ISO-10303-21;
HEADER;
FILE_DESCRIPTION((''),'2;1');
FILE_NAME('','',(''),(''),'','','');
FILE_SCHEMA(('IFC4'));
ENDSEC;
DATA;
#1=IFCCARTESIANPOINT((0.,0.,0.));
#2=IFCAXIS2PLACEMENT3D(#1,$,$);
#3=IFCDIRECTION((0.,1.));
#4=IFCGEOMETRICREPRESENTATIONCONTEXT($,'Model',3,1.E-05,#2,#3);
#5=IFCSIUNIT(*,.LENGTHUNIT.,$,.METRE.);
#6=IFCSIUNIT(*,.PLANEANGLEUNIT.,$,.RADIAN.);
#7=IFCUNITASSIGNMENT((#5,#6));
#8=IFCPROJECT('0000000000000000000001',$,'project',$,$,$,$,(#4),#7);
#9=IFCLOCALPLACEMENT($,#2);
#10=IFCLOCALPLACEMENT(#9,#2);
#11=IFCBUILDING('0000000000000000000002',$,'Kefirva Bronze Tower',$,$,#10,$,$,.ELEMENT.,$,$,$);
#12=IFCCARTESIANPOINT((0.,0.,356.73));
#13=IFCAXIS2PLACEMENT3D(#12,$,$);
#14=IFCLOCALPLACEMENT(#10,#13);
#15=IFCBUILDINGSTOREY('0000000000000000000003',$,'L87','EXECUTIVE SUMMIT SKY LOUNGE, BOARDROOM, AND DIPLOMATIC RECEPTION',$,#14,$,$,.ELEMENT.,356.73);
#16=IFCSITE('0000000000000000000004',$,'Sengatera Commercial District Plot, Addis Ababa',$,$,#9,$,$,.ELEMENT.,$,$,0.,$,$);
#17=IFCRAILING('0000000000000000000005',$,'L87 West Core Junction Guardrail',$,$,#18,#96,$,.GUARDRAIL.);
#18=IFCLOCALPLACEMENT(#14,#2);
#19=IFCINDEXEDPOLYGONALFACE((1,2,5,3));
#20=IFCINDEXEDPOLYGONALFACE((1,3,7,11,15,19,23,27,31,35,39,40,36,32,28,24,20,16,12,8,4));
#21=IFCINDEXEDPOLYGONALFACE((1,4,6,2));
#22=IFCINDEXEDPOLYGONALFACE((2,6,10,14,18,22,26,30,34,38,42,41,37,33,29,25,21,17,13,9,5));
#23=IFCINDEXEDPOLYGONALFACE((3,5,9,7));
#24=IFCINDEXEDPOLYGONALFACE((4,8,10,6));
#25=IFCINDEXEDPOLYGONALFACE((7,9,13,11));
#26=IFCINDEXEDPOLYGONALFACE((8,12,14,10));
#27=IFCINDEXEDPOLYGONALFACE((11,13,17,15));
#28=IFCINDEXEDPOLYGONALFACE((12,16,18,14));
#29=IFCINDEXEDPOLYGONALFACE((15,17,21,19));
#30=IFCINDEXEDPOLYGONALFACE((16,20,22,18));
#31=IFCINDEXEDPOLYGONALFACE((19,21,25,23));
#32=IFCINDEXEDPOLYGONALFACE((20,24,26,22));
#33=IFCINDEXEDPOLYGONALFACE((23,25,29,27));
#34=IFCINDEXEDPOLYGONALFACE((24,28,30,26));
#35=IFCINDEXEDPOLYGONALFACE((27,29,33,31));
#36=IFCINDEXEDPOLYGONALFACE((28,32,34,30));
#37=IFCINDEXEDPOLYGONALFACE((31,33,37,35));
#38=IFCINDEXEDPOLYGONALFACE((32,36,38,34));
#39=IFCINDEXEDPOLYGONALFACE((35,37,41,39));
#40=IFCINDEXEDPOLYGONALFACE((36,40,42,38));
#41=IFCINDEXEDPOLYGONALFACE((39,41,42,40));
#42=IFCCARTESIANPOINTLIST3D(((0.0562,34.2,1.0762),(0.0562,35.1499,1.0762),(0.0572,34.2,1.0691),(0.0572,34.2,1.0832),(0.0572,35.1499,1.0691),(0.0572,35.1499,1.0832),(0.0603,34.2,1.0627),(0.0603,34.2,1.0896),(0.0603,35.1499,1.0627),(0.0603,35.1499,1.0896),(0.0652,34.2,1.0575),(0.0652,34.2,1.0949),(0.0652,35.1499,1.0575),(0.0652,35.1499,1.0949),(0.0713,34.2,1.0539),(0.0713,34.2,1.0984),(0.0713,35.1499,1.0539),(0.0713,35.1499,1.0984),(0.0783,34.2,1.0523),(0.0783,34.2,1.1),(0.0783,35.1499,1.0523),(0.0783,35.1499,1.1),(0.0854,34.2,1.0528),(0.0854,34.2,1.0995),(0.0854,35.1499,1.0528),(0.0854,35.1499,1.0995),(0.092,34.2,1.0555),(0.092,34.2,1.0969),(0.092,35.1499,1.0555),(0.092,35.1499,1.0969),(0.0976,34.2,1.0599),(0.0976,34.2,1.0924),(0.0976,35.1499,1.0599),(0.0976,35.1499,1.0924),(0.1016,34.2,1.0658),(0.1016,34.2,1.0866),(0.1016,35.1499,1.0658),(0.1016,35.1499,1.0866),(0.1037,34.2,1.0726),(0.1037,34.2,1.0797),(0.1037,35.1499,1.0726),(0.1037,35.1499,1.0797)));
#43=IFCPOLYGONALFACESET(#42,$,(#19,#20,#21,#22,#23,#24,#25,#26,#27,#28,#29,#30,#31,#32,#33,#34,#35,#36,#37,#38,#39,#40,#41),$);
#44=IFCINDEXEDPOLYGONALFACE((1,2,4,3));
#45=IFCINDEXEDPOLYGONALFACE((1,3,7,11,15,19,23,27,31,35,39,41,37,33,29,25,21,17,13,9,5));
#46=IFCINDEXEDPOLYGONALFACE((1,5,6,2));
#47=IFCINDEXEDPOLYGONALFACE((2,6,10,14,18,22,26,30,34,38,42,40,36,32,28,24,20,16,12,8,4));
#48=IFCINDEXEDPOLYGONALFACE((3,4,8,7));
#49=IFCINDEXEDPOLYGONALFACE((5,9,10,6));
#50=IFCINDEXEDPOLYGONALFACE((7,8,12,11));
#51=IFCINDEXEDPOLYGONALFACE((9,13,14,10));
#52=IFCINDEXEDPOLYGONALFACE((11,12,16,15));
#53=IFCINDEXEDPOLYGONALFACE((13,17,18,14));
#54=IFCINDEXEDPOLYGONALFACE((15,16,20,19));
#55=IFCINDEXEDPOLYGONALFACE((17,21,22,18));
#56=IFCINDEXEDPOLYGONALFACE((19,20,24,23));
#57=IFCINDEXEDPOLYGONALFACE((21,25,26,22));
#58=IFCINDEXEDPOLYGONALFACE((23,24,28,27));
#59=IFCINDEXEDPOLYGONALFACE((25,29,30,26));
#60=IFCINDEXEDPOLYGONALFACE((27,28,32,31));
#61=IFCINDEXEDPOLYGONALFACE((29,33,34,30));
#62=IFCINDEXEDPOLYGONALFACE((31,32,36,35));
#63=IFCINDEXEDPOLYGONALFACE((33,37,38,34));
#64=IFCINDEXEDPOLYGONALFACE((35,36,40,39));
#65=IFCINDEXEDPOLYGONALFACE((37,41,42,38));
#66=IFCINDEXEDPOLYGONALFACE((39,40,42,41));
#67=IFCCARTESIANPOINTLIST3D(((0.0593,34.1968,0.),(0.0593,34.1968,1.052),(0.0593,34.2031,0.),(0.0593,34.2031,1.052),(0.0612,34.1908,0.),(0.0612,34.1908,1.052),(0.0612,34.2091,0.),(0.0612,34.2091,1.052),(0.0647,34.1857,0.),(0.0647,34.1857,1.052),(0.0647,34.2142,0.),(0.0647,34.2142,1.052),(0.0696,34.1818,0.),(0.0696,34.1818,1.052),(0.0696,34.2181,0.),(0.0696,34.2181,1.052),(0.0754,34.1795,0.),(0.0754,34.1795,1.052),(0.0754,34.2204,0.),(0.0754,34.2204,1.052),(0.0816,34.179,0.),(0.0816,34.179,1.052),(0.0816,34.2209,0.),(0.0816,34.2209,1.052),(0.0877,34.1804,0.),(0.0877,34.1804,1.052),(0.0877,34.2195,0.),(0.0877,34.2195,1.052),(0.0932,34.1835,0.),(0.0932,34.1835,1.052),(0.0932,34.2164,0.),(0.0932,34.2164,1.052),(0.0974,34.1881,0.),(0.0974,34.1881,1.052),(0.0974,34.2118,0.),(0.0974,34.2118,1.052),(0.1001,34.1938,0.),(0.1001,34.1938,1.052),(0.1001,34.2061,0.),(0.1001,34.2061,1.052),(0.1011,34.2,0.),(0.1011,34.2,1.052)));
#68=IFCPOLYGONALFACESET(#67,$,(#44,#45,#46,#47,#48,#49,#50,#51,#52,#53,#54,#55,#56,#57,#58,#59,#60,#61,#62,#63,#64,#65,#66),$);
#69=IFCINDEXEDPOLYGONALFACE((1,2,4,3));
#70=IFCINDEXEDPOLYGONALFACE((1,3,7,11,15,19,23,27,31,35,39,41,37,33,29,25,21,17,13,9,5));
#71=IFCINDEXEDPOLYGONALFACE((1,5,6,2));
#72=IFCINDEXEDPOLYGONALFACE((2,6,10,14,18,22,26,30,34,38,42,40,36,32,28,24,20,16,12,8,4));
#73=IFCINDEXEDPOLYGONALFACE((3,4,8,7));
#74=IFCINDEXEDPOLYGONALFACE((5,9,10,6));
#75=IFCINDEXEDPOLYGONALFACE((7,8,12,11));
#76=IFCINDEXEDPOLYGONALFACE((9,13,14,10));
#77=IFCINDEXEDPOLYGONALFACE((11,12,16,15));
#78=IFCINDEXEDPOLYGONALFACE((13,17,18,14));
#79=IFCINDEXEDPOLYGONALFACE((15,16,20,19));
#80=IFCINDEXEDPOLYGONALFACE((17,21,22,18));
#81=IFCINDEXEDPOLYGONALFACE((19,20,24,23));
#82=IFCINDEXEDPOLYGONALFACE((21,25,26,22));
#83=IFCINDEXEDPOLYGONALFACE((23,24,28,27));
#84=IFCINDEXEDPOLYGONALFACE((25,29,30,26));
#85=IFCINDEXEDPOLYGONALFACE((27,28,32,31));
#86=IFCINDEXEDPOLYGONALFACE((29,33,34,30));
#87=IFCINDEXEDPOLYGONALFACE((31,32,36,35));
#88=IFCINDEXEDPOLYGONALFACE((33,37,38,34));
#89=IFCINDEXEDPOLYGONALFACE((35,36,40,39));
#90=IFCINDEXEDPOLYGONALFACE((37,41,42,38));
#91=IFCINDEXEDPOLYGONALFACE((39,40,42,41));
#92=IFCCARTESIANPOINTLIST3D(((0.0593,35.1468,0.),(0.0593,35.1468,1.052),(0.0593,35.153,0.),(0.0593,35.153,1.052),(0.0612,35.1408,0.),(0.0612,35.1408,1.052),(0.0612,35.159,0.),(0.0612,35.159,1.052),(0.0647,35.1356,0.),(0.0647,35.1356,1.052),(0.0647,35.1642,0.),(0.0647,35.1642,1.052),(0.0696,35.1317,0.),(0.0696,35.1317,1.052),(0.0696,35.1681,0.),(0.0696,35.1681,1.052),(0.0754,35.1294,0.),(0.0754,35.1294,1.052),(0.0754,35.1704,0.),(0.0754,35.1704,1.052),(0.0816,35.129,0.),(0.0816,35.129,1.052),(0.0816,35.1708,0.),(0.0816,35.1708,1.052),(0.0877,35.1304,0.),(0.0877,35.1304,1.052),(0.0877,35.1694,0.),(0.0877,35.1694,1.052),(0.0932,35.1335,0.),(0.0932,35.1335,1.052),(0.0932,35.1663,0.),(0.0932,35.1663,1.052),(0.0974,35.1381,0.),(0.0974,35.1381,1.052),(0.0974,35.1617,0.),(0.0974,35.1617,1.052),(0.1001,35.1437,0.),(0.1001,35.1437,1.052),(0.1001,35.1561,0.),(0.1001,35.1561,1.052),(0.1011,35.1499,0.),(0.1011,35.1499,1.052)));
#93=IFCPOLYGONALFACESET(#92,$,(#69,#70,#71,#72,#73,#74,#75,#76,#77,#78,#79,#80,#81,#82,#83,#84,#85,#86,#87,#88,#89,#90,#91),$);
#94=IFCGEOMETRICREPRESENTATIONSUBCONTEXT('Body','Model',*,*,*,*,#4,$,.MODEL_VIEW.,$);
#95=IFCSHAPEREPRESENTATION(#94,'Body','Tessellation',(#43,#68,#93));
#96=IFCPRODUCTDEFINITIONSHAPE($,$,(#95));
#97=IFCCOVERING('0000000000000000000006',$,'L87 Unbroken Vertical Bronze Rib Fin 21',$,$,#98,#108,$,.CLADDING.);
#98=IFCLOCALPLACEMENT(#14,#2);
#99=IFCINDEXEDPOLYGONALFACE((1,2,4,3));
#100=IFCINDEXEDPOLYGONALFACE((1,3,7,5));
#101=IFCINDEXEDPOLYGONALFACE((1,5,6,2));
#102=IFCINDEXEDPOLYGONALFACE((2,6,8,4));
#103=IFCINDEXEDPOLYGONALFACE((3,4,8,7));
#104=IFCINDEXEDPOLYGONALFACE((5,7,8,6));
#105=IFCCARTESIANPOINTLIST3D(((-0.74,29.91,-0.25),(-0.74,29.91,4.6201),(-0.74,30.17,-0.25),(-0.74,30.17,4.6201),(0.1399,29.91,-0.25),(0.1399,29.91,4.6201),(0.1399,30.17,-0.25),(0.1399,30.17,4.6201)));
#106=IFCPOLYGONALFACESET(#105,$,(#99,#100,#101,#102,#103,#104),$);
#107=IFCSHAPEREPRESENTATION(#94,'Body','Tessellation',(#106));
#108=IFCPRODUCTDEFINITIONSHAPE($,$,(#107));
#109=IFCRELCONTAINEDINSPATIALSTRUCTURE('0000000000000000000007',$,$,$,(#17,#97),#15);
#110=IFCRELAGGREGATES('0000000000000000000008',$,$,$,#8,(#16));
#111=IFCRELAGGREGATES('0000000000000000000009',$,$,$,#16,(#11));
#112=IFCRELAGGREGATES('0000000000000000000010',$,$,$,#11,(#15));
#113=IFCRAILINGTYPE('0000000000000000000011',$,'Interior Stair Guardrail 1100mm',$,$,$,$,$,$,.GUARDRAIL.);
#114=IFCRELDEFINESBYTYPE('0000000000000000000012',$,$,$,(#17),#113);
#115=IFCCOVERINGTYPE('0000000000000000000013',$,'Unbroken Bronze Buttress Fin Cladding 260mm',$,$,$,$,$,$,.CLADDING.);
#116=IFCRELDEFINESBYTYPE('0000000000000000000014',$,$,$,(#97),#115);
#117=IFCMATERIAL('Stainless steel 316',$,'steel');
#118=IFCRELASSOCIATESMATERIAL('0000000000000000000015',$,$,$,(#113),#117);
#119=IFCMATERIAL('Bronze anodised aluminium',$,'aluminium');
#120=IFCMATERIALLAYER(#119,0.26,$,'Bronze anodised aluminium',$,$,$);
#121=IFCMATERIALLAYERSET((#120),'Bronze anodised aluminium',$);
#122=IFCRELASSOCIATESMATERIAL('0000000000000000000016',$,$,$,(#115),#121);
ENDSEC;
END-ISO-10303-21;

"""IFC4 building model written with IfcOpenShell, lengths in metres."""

from ifc_helpers import new_model, si_unit, direction, frame, origin, origin_2d, place, context, subcontext, project, spatial, rectangle, circle, extrude, material, layer, layer_set, type_object, element, save


model = new_model("IFC4")

# Units and contexts
model_context = context("Model", 3, precision=1e-05, world=origin(), true_north=direction((0.0, 1.0)))
body_context = subcontext(model_context, "Body", "Model", "MODEL_VIEW")
ifc_project = project(units=[si_unit("LENGTHUNIT", "METRE"), si_unit("PLANEANGLEUNIT", "RADIAN")], contexts=[model_context])

# Site, building, storey
site_placement = place(None, origin())
site = spatial("IfcSite", under=ifc_project, at=site_placement, Name="Sengatera Commercial District Plot, Addis Ababa", CompositionType="ELEMENT", RefElevation=0.0)
building_placement = place(site_placement, origin())
building = spatial("IfcBuilding", under=site, at=building_placement, Name="Kefirva Bronze Tower", CompositionType="ELEMENT")
storey_placement = place(building_placement, frame((0.0, 0.0, 356.73)))
storey = spatial("IfcBuildingStorey", under=building, at=storey_placement, Name="L87", Description="EXECUTIVE SUMMIT SKY LOUNGE, BOARDROOM, AND DIPLOMATIC RECEPTION", CompositionType="ELEMENT", Elevation=356.73)

# Shared definitions
ifc_material_1 = material(Name="Bronze anodised aluminium", Category="aluminium")

# Railing
ifc_material_2 = material(Name="Stainless steel 316", Category="steel")
railing_type = type_object("IfcRailingType", Name="Interior Stair Guardrail 1100mm", PredefinedType="GUARDRAIL", material=ifc_material_2)
railing_placement = place(storey_placement, frame((0.0801, 34.2, 0.0)))
element("IfcRailing", 1, at=railing_placement, inside=storey, type_object=railing_type, Name="L87 West Core Junction Guardrail", PredefinedType="GUARDRAIL", context=body_context, shape_type="SweptSolid", body=[
    extrude(circle(Radius=0.0239, at=origin_2d()), frame((0.0, 0.0, 1.0762), z_axis=(0.0, 1.0, 0.0), x_axis=(-1.0, 0.0, 0.0)), (0.0, 0.0, 1.0), 0.95),
    extrude(circle(Radius=0.021, at=origin_2d()), origin(), (0.0, 0.0, 1.0), 1.052),
    extrude(circle(Radius=0.021, at=origin_2d()), frame((0.0, 0.95, 0.0)), (0.0, 0.0, 1.0), 1.052),
])

# Covering
ifc_layer_1 = layer(ifc_material_1, 0.26, Name="Bronze anodised aluminium")
ifc_layer_set_1 = layer_set([ifc_layer_1], Name="Bronze anodised aluminium")
covering_type = type_object("IfcCoveringType", Name="Unbroken Bronze Buttress Fin Cladding 260mm", PredefinedType="CLADDING", material=ifc_layer_set_1)
covering_placement = place(storey_placement, frame((-0.3, 30.04, -0.25), z_axis=(0.0, 0.0, 1.0), x_axis=(0.0, -1.0, 0.0)))
element("IfcCovering", 2, at=covering_placement, inside=storey, type_object=covering_type, Name="L87 Unbroken Vertical Bronze Rib Fin 21", PredefinedType="CLADDING", context=body_context, shape_type="SweptSolid", body=[
    extrude(rectangle(XDim=0.26, YDim=0.8799, at=origin_2d()), origin(), (0.0, 0.0, 1.0), 4.8701),
])

save(model, "model.ifc")
